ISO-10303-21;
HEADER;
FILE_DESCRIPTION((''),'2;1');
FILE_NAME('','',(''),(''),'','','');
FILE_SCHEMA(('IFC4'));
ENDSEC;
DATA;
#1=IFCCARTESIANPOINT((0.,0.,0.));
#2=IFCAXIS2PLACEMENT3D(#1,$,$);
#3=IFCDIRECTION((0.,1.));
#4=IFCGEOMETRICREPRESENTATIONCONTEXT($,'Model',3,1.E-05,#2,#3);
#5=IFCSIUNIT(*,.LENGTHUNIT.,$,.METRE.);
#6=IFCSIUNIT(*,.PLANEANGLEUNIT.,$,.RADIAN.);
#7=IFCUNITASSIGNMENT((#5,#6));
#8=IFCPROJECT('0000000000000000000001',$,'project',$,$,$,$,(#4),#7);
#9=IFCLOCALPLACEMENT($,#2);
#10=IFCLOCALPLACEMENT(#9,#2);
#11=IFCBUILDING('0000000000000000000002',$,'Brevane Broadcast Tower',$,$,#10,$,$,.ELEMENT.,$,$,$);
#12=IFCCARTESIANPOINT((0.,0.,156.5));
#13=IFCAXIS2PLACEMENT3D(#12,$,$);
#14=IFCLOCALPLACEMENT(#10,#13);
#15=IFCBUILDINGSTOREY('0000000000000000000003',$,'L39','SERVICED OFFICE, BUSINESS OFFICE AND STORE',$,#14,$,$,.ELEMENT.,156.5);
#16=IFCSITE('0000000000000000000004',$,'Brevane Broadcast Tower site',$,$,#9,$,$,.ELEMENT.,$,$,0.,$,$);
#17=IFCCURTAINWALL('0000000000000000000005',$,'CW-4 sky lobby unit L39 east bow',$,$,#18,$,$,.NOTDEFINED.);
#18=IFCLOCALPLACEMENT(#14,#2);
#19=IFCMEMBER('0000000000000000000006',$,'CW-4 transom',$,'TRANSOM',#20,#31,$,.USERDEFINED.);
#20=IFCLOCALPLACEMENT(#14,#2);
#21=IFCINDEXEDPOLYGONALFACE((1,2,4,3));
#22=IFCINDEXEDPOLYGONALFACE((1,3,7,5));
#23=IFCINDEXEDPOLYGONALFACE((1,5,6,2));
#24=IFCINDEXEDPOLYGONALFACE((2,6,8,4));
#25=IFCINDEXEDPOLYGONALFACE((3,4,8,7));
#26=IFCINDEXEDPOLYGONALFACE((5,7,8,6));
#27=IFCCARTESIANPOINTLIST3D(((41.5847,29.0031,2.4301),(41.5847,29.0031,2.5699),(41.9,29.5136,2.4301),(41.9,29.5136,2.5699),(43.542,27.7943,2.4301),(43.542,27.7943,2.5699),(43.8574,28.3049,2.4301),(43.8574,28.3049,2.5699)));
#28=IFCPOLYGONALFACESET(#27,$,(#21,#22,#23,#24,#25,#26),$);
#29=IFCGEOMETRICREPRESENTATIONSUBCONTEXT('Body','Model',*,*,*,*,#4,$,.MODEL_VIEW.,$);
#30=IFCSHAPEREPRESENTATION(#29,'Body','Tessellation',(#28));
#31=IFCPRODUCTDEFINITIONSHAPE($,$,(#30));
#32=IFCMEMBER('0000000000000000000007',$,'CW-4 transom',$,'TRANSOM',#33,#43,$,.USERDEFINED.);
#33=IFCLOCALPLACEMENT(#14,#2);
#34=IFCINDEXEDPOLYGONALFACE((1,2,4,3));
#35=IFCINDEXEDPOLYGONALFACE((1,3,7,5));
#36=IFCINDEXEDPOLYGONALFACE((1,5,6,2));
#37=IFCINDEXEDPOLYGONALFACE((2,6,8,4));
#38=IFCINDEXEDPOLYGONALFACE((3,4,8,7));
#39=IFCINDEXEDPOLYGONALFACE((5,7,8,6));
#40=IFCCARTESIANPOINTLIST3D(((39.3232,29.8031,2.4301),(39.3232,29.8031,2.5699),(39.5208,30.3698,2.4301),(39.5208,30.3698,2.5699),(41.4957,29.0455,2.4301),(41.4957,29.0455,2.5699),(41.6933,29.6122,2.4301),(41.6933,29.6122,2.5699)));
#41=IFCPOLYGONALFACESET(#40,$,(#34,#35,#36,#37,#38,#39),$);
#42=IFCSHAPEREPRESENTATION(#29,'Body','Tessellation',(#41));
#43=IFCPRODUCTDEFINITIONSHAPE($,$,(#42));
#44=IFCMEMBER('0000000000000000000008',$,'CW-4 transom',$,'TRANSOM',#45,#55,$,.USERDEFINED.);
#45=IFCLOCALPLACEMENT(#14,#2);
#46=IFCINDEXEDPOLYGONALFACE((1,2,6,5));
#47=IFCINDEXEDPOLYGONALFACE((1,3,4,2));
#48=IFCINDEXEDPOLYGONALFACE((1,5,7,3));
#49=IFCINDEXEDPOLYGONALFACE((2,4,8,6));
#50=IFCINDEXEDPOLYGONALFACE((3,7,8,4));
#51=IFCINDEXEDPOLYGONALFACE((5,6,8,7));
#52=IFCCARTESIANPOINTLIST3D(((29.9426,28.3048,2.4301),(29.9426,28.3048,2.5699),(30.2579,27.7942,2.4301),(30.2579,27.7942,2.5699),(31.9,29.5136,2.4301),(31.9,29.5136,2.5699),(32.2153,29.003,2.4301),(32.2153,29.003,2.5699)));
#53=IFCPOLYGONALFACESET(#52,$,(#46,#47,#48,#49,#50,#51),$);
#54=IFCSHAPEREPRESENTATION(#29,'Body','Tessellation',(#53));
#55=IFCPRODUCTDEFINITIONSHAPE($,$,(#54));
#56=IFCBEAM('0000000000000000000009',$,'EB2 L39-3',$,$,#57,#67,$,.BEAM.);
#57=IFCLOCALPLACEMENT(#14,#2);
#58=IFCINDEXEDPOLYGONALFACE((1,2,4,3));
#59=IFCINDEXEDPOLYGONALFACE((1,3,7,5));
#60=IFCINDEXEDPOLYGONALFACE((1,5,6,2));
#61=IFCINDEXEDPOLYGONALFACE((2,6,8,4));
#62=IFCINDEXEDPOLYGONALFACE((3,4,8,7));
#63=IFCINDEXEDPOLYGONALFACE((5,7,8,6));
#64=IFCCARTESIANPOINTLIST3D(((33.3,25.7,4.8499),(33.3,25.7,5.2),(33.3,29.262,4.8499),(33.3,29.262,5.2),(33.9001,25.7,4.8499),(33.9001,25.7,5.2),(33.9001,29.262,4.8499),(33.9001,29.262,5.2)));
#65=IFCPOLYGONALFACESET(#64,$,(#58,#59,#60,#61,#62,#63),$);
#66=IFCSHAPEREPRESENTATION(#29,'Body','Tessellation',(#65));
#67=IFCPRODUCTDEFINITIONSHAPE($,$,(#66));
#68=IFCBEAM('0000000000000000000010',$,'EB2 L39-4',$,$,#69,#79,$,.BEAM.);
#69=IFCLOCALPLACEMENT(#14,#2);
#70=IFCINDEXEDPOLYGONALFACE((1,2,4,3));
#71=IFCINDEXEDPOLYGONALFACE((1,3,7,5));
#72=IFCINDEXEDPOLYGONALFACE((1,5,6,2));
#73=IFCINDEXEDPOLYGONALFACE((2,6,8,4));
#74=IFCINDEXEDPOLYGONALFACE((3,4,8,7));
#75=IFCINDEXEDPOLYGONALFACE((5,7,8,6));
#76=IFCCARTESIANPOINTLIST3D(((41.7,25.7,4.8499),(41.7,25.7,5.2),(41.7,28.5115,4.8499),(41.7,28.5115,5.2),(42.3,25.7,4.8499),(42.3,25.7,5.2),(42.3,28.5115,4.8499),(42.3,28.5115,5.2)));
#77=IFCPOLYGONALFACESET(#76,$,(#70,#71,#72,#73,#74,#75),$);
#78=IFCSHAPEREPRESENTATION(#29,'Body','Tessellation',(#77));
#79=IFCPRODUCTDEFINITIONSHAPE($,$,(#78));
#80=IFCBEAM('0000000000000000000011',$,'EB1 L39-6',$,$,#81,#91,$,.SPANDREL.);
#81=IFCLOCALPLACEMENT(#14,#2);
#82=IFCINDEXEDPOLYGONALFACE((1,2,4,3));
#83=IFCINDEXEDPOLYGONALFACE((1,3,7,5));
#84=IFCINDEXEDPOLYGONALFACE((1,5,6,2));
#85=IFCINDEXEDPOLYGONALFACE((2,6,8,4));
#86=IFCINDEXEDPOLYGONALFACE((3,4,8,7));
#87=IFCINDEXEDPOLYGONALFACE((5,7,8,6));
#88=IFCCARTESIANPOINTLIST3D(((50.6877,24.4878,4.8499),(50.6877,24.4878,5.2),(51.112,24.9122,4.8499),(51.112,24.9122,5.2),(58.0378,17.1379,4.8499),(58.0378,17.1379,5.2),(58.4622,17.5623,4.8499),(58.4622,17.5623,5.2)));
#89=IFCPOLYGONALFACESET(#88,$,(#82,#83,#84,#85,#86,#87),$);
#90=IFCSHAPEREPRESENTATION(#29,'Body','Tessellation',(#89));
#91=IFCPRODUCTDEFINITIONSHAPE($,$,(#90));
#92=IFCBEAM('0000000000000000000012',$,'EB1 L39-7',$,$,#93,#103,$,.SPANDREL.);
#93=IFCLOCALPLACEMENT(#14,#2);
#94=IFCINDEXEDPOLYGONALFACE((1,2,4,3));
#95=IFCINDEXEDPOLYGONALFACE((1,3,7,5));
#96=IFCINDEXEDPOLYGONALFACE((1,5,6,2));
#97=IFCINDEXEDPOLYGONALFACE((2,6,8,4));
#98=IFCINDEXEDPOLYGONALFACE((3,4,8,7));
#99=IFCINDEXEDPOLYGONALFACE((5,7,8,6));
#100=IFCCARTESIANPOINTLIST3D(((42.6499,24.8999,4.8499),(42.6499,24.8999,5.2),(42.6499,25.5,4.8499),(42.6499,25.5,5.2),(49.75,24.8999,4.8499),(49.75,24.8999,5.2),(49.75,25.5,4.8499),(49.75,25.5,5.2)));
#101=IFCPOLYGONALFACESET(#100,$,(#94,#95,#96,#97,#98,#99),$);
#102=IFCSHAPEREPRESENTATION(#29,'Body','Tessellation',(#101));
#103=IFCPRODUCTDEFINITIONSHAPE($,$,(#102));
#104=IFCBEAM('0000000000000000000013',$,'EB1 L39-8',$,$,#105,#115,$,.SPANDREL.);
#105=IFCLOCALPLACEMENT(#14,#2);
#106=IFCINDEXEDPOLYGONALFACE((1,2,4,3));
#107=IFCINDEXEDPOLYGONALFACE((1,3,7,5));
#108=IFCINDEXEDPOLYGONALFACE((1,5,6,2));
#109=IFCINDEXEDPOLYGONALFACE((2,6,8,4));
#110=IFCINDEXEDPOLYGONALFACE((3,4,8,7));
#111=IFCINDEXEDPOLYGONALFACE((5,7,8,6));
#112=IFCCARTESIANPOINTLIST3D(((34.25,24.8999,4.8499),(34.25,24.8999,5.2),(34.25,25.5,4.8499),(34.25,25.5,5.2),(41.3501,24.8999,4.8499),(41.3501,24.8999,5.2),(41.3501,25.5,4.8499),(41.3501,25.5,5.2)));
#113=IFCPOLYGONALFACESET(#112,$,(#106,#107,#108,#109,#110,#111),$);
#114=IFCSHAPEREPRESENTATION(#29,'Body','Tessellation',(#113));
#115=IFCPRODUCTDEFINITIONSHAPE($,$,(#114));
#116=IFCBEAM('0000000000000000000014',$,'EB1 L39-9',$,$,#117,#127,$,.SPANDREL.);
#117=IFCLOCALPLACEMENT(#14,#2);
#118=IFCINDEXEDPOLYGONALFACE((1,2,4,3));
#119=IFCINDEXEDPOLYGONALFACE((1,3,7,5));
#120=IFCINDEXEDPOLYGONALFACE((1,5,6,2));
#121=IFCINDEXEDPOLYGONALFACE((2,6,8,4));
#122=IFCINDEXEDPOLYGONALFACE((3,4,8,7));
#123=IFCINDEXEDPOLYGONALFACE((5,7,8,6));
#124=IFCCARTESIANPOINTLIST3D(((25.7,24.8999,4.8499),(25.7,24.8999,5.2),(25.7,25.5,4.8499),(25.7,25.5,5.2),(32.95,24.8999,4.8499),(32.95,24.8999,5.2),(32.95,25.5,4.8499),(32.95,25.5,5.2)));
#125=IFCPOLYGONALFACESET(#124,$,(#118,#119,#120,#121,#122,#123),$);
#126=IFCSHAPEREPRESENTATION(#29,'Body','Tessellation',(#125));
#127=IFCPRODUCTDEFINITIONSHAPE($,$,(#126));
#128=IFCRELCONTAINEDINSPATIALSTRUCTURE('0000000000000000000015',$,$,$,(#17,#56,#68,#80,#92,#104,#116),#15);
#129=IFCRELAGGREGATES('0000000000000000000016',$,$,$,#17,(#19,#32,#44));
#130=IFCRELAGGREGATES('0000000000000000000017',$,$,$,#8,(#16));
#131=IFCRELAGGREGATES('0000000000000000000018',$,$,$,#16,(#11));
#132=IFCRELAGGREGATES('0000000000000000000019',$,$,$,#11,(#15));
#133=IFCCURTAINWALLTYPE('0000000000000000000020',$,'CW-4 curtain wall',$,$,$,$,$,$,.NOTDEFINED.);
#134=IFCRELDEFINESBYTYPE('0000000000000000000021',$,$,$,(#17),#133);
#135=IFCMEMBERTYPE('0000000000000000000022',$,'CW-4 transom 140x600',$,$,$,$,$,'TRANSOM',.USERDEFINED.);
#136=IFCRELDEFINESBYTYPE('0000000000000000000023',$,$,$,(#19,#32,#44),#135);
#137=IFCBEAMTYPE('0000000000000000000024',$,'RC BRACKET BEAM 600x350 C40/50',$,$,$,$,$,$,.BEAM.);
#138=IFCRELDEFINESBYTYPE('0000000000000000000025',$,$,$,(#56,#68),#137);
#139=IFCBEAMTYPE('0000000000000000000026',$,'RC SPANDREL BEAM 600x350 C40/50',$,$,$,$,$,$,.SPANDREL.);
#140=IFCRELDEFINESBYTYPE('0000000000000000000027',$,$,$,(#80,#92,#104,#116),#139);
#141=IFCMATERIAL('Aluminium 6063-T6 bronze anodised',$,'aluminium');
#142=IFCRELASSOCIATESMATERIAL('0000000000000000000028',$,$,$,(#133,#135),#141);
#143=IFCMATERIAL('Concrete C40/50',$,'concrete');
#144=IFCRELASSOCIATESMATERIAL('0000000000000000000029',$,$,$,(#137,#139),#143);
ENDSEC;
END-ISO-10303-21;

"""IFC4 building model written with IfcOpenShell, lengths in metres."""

from ifc_helpers import new_model, si_unit, direction, frame, origin, origin_2d, place, context, subcontext, project, spatial, rectangle, extrude, material, material_profile, profile_set, type_object, element, aggregate, save


model = new_model("IFC4")

# Units and contexts
model_context = context("Model", 3, precision=1e-05, world=origin(), true_north=direction((0.0, 1.0)))
body_context = subcontext(model_context, "Body", "Model", "MODEL_VIEW")
ifc_project = project(units=[si_unit("LENGTHUNIT", "METRE"), si_unit("PLANEANGLEUNIT", "RADIAN")], contexts=[model_context])

# Site, building, storey
site_placement = place(None, origin())
site = spatial("IfcSite", under=ifc_project, at=site_placement, Name="Brevane Broadcast Tower site", CompositionType="ELEMENT", RefElevation=0.0)
building_placement = place(site_placement, origin())
building = spatial("IfcBuilding", under=site, at=building_placement, Name="Brevane Broadcast Tower", CompositionType="ELEMENT")
storey_placement = place(building_placement, frame((0.0, 0.0, 156.5)))
storey = spatial("IfcBuildingStorey", under=building, at=storey_placement, Name="L39", Description="SERVICED OFFICE, BUSINESS OFFICE AND STORE", CompositionType="ELEMENT", Elevation=156.5)

# Shared definitions
ifc_material_1 = material(Name="Aluminium 6063-T6 bronze anodised", Category="aluminium")
curtain_wall_type = type_object("IfcCurtainWallType", Name="CW-4 curtain wall", PredefinedType="NOTDEFINED", material=ifc_material_1)

# Curtain wall
curtain_wall_1_placement = place(storey_placement, origin())
curtain_wall_1 = element("IfcCurtainWall", 1, at=curtain_wall_1_placement, inside=storey, type_object=curtain_wall_type, Name="CW-4 sky lobby unit L39 east bow", PredefinedType="NOTDEFINED")

# Members
ifc_material_profile_1 = material_profile(ifc_material_1, rectangle(XDim=0.6001, YDim=0.1399, at=origin_2d()), Name="RECT 140x600")
ifc_profile_set_1 = profile_set([ifc_material_profile_1], Name="Aluminium 6063-T6 bronze anodised")
member_type_1 = type_object("IfcMemberType", Name="CW-4 transom 140x600", ElementType="TRANSOM", PredefinedType="USERDEFINED", material=ifc_profile_set_1)
member_1_placement = place(storey_placement, frame((43.6997, 28.0496, 2.5), z_axis=(-0.85083, 0.525441, 0.0), x_axis=(-0.525441, -0.85083, 0.0)))
member_1 = element("IfcMember", 2, at=member_1_placement, type_object=member_type_1, Name="CW-4 transom", ObjectType="TRANSOM", PredefinedType="USERDEFINED", context=body_context, shape_type="SweptSolid", body=[
    extrude(rectangle(XDim=0.6001, YDim=0.1399, at=origin_2d()), origin(), (0.0, 0.0, 1.0), 2.3005),
])
member_2_placement = place(storey_placement, frame((41.5945, 29.3289, 2.5), z_axis=(-0.944232, 0.329282, 0.0), x_axis=(-0.329282, -0.944232, 0.0)))
member_2 = element("IfcMember", 3, at=member_2_placement, type_object=member_type_1, Name="CW-4 transom", ObjectType="TRANSOM", PredefinedType="USERDEFINED", context=body_context, shape_type="SweptSolid", body=[
    extrude(rectangle(XDim=0.6001, YDim=0.1399, at=origin_2d()), origin(), (0.0, 0.0, 1.0), 2.3008),
])
member_3_placement = place(storey_placement, frame((32.0576, 29.2583, 2.5), z_axis=(-0.85083, -0.525441, 0.0), x_axis=(0.525441, -0.85083, 0.0)))
member_3 = element("IfcMember", 4, at=member_3_placement, type_object=member_type_1, Name="CW-4 transom", ObjectType="TRANSOM", PredefinedType="USERDEFINED", context=body_context, shape_type="SweptSolid", body=[
    extrude(rectangle(XDim=0.6001, YDim=0.1399, at=origin_2d()), origin(), (0.0, 0.0, 1.0), 2.3005),
])
aggregate(curtain_wall_1, [member_1, member_2, member_3])

# Beams
ifc_material_2 = material(Name="Concrete C40/50", Category="concrete")
ifc_material_profile_2 = material_profile(ifc_material_2, rectangle(XDim=0.6001, YDim=0.3501, at=origin_2d()), Name="RC 600x350")
ifc_profile_set_2 = profile_set([ifc_material_profile_2], Name="Concrete C40/50")
beam_type_1 = type_object("IfcBeamType", Name="RC BRACKET BEAM 600x350 C40/50", PredefinedType="BEAM", material=ifc_profile_set_2)
beam_1_placement = place(storey_placement, frame((33.6001, 25.7, 5.0249), z_axis=(0.0, 1.0, 0.0), x_axis=(-1.0, 0.0, 0.0)))
element("IfcBeam", 5, at=beam_1_placement, inside=storey, type_object=beam_type_1, Name="EB2 L39-3", PredefinedType="BEAM", context=body_context, shape_type="SweptSolid", body=[
    extrude(rectangle(XDim=0.6001, YDim=0.3501, at=origin_2d()), origin(), (0.0, 0.0, 1.0), 3.562),
])
beam_2_placement = place(storey_placement, frame((42.0, 25.7, 5.0249), z_axis=(0.0, 1.0, 0.0), x_axis=(-1.0, 0.0, 0.0)))
element("IfcBeam", 6, at=beam_2_placement, inside=storey, type_object=beam_type_1, Name="EB2 L39-4", PredefinedType="BEAM", context=body_context, shape_type="SweptSolid", body=[
    extrude(rectangle(XDim=0.6001, YDim=0.3501, at=origin_2d()), origin(), (0.0, 0.0, 1.0), 2.8115),
])
ifc_material_profile_3 = material_profile(ifc_material_2, rectangle(XDim=0.6001, YDim=0.3501, at=origin_2d()), Name="RC 600x350")
ifc_profile_set_3 = profile_set([ifc_material_profile_3], Name="Concrete C40/50")
beam_type_2 = type_object("IfcBeamType", Name="RC SPANDREL BEAM 600x350 C40/50", PredefinedType="SPANDREL", material=ifc_profile_set_3)
beam_3_placement = place(storey_placement, frame((58.25, 17.3501, 5.0249), z_axis=(-0.707119, 0.707095, 0.0), x_axis=(-0.707095, -0.707119, 0.0)))
element("IfcBeam", 7, at=beam_3_placement, inside=storey, type_object=beam_type_2, Name="EB1 L39-6", PredefinedType="SPANDREL", context=body_context, shape_type="SweptSolid", body=[
    extrude(rectangle(XDim=0.6001, YDim=0.3501, at=origin_2d()), origin(), (0.0, 0.0, 1.0), 10.3945),
])
for number, where, z_axis, x_axis, name in (
    (8, (49.75, 25.2, 5.0249), (-1.0, 0.0, 0.0), (0.0, -1.0, 0.0), "EB1 L39-7"),
    (9, (41.3501, 25.2, 5.0249), (-1.0, 0.0, 0.0), (0.0, -1.0, 0.0), "EB1 L39-8"),
):
    element("IfcBeam", number, at=place(storey_placement, frame(where, z_axis=z_axis, x_axis=x_axis)), inside=storey, type_object=beam_type_2, Name=name, PredefinedType="SPANDREL", context=body_context, shape_type="SweptSolid", body=[
        extrude(rectangle(XDim=0.6001, YDim=0.3501, at=origin_2d()), origin(), (0.0, 0.0, 1.0), 7.1001),
    ])
beam_4_placement = place(storey_placement, frame((32.95, 25.2, 5.0249), z_axis=(-1.0, 0.0, 0.0), x_axis=(0.0, -1.0, 0.0)))
element("IfcBeam", 10, at=beam_4_placement, inside=storey, type_object=beam_type_2, Name="EB1 L39-9", PredefinedType="SPANDREL", context=body_context, shape_type="SweptSolid", body=[
    extrude(rectangle(XDim=0.6001, YDim=0.3501, at=origin_2d()), origin(), (0.0, 0.0, 1.0), 7.25),
])

save(model, "model.ifc")
